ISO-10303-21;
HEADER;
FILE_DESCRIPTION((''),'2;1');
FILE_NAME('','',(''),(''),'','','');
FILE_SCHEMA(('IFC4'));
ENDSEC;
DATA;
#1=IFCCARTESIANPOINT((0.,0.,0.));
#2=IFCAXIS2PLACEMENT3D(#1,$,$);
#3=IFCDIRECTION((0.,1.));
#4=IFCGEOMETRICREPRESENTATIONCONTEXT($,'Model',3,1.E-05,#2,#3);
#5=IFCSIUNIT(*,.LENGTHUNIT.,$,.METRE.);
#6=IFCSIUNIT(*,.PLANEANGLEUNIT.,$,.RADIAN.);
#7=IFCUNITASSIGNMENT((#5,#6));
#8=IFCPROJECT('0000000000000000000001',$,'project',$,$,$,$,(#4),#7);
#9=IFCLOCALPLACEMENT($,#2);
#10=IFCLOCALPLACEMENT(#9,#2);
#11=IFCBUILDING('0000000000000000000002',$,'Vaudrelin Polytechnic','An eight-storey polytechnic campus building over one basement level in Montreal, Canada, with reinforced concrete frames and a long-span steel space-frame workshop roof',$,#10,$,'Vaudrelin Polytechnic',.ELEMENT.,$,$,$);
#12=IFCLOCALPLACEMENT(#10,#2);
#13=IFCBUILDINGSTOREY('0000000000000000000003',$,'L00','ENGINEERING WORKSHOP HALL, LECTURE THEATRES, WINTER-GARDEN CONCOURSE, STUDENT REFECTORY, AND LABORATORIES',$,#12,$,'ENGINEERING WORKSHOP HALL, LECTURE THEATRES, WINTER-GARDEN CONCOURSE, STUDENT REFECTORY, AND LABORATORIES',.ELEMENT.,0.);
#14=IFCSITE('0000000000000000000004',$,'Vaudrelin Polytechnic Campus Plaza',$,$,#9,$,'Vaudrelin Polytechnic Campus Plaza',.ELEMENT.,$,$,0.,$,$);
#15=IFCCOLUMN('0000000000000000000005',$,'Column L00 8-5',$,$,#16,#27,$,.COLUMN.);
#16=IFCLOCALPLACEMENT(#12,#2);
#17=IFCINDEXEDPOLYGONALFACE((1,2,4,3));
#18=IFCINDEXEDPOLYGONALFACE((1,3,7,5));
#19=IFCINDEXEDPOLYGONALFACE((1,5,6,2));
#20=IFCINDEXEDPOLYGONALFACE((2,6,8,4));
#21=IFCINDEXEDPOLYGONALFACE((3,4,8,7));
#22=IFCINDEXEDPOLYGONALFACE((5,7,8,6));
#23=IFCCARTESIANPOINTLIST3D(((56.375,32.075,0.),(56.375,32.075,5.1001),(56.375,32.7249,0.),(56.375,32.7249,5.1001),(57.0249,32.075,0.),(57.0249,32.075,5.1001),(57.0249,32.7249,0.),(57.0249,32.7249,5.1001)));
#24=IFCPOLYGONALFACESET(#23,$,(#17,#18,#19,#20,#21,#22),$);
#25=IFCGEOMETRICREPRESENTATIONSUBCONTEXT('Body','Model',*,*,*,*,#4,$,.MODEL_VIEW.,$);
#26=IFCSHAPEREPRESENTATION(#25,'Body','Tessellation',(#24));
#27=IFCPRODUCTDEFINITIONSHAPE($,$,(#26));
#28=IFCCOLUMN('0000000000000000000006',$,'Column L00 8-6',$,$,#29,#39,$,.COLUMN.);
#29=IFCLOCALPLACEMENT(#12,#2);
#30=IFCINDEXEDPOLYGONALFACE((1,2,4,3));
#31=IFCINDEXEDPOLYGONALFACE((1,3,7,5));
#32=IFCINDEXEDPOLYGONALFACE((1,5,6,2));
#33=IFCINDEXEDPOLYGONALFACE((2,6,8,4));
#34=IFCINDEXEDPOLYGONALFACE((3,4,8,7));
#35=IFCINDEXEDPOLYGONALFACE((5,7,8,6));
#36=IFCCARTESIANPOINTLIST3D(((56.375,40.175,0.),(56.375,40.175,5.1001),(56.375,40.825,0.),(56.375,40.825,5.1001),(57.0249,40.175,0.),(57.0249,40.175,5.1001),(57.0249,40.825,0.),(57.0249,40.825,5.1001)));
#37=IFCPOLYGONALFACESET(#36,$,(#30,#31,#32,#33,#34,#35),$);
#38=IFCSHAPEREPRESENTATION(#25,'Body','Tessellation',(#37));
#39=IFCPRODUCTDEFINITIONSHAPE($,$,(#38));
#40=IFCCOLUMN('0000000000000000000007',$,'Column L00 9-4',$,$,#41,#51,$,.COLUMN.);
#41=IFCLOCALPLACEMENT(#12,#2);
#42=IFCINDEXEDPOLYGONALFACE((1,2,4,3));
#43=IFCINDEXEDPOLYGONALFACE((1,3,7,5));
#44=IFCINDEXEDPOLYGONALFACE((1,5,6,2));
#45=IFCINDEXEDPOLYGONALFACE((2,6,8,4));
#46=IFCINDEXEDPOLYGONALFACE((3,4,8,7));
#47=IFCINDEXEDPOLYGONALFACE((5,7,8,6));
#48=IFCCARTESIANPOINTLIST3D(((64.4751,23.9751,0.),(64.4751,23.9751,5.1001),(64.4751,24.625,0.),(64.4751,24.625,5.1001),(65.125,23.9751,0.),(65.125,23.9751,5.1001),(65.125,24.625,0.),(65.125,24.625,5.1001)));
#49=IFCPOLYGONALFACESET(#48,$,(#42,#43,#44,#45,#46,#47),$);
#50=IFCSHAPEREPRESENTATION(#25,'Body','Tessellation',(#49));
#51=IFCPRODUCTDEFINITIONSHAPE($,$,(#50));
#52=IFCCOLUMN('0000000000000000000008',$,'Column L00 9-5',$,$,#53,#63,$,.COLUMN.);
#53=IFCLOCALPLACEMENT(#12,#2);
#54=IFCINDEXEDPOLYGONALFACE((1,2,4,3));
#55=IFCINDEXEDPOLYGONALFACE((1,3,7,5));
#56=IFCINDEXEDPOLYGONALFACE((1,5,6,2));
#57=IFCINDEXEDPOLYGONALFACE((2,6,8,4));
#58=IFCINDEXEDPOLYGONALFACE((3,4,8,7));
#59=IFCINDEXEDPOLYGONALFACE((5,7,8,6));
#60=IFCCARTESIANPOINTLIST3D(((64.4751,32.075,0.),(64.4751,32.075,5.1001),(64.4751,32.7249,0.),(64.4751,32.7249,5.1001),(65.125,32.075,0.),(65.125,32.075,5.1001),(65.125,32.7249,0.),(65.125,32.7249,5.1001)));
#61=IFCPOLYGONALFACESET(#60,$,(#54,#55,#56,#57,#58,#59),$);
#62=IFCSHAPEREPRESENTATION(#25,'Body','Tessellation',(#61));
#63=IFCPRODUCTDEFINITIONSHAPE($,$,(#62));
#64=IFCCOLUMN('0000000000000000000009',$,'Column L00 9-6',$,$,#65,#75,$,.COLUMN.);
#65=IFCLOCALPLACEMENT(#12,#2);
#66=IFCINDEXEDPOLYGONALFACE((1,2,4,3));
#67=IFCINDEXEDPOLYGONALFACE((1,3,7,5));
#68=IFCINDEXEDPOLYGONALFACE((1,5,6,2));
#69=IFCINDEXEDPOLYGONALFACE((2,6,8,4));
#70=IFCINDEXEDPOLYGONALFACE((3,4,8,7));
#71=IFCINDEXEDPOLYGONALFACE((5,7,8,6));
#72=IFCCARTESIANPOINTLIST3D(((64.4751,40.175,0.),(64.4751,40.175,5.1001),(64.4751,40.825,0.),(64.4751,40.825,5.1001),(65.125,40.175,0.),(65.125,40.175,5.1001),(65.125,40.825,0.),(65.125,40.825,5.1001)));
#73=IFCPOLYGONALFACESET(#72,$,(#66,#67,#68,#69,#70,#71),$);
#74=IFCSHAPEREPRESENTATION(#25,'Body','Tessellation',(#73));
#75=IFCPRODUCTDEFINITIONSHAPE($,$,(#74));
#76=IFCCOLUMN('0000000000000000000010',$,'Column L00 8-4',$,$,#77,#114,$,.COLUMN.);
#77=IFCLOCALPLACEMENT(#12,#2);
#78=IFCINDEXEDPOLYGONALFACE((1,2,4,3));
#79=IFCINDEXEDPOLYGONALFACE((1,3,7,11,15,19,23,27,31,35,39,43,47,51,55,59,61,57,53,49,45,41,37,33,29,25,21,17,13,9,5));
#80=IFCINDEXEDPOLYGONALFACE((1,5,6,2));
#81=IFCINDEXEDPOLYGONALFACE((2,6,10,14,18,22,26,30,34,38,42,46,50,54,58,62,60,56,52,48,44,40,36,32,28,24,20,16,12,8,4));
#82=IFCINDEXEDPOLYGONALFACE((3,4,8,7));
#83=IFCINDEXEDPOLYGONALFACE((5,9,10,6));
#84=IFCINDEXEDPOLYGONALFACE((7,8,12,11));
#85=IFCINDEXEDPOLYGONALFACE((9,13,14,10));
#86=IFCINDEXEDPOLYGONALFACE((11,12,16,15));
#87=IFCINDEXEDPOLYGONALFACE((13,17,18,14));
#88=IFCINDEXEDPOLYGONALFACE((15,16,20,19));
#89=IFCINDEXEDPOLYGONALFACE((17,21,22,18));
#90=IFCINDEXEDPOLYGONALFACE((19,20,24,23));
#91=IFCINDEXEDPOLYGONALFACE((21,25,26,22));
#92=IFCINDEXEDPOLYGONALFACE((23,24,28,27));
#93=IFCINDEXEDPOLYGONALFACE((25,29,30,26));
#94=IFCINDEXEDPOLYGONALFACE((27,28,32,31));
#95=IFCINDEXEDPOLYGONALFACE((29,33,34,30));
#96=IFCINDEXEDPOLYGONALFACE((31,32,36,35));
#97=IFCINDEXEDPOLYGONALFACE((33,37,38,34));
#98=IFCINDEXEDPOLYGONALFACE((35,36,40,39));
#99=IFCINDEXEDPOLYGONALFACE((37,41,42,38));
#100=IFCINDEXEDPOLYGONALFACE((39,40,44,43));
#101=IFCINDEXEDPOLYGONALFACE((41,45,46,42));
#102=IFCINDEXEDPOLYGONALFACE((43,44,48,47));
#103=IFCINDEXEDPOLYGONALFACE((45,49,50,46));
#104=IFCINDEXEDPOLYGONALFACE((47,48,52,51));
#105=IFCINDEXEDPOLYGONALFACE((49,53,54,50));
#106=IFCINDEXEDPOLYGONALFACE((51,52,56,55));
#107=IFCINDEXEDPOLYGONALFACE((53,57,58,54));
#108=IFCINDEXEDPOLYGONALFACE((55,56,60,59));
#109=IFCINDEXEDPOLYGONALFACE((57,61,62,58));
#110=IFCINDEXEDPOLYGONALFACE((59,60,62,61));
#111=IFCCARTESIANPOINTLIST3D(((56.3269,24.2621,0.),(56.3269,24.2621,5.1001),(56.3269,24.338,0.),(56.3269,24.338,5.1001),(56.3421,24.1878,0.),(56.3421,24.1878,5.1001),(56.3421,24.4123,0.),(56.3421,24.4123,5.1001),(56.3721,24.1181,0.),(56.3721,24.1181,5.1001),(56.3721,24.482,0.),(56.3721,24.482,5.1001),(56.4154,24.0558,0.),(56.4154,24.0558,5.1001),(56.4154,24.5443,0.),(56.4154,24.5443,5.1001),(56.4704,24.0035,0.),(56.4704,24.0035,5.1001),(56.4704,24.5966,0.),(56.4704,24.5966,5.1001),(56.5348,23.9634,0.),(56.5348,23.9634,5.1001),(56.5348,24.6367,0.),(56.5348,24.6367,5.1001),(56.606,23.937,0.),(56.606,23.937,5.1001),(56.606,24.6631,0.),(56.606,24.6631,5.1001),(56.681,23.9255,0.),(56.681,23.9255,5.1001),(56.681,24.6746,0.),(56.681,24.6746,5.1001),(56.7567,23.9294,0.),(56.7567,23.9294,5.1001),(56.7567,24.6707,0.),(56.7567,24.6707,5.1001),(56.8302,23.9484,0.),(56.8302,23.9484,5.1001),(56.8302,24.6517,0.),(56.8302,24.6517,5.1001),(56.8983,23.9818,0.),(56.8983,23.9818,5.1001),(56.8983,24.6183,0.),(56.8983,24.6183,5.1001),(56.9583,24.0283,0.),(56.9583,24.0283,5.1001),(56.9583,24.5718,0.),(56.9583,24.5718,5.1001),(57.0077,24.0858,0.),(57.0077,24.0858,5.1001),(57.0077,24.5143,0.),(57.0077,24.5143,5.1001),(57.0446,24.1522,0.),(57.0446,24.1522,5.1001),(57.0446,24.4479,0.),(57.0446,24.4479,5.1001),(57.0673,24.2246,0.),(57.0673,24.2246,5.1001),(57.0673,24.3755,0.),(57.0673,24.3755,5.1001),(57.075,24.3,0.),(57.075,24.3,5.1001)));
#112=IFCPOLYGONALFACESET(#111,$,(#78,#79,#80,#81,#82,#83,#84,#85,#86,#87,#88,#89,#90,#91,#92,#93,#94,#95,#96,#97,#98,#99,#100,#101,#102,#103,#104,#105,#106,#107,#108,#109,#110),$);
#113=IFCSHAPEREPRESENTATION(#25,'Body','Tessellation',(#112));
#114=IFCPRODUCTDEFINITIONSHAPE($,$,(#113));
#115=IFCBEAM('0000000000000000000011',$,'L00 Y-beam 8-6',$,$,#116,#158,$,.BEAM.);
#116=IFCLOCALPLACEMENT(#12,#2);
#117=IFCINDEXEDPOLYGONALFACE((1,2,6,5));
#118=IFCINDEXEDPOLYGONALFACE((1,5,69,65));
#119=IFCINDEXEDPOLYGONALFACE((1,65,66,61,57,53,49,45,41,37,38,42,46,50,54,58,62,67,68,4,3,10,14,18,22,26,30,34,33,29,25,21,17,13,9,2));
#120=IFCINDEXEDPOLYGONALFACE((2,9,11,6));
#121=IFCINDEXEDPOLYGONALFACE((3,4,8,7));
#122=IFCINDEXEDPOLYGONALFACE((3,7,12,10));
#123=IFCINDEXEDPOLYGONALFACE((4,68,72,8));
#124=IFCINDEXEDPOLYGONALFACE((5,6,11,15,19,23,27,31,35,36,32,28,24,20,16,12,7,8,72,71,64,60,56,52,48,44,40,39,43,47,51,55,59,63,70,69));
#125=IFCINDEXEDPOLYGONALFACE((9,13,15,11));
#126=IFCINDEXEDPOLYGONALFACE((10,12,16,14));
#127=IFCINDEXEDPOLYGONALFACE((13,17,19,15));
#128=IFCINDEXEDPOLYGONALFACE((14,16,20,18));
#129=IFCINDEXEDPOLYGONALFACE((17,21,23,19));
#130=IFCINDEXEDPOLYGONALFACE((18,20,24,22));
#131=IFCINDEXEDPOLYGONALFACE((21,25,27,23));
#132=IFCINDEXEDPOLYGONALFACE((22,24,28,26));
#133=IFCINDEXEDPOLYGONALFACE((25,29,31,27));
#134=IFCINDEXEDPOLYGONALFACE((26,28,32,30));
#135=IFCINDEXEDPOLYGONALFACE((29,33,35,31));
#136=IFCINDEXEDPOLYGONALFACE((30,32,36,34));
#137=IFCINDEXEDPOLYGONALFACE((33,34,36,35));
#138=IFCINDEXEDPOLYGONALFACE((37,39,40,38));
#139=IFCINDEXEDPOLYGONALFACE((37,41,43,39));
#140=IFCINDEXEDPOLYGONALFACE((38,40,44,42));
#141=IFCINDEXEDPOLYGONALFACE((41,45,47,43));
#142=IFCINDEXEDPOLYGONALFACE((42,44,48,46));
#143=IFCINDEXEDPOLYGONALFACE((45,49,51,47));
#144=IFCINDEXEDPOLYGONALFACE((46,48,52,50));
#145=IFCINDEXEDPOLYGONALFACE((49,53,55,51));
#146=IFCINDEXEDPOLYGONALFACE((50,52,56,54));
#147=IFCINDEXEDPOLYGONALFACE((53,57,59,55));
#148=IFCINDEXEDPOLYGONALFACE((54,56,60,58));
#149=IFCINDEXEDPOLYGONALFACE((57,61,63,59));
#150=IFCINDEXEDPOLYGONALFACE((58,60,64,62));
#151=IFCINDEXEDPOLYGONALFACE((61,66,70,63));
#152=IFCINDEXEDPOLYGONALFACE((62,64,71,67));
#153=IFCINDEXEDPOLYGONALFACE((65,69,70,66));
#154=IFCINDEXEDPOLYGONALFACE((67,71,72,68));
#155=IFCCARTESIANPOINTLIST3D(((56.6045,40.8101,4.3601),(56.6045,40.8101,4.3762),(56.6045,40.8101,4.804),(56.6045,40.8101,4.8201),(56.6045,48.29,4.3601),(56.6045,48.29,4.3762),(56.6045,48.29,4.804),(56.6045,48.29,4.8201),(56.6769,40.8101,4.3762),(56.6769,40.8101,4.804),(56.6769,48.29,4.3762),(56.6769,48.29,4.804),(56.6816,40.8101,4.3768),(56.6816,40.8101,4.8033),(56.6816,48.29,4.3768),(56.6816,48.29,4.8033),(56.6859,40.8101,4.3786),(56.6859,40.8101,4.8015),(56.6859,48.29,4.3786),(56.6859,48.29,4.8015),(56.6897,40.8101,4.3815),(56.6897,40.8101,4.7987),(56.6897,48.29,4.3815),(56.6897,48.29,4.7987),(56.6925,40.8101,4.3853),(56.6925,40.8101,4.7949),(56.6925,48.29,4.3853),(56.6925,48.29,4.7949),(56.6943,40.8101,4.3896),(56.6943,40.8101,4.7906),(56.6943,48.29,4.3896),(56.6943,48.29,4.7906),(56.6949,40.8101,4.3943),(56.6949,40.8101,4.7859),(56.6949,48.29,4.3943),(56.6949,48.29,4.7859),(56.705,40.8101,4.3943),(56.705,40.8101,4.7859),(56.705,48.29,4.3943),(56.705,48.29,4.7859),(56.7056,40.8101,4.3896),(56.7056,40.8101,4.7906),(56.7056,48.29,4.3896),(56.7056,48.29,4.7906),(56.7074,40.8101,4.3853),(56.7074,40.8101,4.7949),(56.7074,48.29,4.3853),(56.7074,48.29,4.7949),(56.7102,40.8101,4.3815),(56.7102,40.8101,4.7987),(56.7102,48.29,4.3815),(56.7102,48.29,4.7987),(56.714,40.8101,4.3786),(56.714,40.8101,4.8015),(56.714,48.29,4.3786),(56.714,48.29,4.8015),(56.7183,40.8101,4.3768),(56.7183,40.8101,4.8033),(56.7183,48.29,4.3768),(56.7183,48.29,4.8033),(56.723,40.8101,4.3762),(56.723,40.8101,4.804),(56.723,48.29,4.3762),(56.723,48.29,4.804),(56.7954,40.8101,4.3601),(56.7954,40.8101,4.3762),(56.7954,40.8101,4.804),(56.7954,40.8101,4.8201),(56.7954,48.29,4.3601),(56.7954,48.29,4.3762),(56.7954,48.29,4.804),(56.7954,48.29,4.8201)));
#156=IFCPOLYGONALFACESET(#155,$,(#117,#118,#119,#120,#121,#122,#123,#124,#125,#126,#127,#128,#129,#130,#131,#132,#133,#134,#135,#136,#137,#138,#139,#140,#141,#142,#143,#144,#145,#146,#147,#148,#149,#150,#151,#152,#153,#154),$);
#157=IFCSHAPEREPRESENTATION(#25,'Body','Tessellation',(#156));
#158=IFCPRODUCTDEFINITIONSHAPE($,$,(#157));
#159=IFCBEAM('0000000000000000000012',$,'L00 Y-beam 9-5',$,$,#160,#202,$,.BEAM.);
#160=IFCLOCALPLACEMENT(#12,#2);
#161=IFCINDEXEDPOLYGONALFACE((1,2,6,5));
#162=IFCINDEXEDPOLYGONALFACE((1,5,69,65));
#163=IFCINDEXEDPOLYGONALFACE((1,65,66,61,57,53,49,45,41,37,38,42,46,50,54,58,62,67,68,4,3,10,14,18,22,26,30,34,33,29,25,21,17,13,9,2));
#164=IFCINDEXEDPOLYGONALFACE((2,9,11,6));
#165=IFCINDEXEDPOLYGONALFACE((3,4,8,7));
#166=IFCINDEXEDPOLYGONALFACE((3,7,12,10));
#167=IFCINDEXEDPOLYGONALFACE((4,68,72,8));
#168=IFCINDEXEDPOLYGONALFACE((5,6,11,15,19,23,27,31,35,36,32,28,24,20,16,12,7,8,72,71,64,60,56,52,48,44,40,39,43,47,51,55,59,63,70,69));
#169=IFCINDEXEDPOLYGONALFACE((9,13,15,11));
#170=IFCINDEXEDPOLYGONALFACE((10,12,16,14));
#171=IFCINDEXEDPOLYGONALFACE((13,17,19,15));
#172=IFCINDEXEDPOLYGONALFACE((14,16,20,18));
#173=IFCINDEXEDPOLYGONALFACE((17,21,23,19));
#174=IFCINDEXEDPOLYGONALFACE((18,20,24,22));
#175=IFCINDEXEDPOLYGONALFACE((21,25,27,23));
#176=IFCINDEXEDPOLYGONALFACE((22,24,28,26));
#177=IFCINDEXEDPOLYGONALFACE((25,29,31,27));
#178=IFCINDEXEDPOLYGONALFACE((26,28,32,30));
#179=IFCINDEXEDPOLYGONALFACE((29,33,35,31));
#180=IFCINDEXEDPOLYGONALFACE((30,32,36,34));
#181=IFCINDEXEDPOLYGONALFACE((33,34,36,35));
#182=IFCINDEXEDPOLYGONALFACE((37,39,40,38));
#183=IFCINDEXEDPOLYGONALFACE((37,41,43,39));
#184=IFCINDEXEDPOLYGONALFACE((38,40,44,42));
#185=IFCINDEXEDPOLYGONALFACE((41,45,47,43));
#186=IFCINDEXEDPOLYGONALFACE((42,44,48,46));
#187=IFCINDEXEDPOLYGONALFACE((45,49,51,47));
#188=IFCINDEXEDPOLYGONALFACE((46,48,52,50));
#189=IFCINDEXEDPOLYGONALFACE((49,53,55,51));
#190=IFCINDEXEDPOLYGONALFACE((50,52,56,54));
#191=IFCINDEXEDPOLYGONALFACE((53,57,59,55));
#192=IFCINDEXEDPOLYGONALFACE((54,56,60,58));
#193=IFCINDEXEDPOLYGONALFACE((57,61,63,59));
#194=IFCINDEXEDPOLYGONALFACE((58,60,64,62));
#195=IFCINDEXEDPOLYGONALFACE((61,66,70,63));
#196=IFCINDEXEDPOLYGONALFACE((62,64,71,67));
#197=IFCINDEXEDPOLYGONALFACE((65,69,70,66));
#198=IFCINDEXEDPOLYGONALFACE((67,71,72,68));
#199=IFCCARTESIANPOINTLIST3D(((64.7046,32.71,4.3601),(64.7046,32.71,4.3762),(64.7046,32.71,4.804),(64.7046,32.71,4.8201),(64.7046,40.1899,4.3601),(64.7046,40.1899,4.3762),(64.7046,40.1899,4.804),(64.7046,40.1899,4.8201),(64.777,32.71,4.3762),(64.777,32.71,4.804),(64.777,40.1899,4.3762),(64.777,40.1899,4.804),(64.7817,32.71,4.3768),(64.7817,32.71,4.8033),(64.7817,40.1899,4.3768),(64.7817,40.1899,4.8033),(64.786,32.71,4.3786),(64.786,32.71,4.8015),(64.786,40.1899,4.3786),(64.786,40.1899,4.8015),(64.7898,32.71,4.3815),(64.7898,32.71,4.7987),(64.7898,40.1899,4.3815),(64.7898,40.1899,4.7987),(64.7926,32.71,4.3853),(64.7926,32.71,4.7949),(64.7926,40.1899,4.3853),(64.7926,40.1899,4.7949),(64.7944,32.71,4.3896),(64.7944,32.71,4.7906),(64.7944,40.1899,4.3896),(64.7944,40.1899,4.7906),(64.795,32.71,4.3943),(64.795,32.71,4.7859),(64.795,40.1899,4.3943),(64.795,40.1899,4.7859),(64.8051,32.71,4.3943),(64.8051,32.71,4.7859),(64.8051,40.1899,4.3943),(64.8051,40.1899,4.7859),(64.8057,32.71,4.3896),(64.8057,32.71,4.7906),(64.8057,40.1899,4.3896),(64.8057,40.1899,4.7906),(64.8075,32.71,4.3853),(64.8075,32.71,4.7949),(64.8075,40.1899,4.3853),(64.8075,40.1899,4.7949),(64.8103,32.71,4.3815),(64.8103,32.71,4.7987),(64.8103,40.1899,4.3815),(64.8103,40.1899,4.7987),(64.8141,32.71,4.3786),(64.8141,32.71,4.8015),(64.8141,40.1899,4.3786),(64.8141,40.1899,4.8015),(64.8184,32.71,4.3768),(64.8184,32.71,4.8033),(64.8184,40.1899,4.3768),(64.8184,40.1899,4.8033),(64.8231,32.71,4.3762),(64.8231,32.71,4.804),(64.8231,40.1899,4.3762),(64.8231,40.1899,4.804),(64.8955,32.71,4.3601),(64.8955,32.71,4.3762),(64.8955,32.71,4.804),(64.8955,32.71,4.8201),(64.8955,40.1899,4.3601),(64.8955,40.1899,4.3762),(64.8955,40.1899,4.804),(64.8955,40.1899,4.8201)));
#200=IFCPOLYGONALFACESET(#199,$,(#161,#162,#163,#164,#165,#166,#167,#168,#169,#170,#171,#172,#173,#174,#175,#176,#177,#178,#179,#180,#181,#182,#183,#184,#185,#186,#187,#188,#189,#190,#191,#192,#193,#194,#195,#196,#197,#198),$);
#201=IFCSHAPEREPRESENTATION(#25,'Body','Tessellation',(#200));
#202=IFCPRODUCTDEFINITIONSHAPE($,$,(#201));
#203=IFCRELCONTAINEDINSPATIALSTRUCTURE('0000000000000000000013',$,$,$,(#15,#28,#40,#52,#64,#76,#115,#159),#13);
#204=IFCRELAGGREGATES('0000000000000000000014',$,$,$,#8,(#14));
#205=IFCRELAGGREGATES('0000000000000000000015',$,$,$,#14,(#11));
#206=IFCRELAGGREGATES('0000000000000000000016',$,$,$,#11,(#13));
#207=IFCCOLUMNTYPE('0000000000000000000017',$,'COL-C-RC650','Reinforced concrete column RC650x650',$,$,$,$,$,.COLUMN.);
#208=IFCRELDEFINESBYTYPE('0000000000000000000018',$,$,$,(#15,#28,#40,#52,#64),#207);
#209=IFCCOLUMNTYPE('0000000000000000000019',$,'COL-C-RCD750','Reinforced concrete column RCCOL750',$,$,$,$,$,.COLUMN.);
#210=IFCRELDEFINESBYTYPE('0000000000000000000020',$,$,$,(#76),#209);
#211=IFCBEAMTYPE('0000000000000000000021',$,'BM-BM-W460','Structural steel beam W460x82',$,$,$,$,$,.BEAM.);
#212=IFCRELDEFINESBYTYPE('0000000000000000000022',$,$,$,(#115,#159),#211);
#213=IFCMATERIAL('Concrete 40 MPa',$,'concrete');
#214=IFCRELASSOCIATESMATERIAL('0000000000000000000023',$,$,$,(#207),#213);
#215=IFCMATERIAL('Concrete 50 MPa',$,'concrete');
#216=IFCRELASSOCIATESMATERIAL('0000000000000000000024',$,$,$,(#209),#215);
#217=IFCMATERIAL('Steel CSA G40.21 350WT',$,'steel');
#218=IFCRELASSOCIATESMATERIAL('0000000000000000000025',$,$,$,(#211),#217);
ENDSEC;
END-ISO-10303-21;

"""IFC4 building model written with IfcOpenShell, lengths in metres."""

from ifc_helpers import new_model, si_unit, direction, frame, origin, origin_2d, place, context, subcontext, project, spatial, rectangle, circle, i_section, extrude, material, material_profile, profile_set, type_object, element, save


model = new_model("IFC4")

# Units and contexts
model_context = context("Model", 3, precision=1e-05, world=origin(), true_north=direction((0.0, 1.0)))
body_context = subcontext(model_context, "Body", "Model", "MODEL_VIEW")
ifc_project = project(units=[si_unit("LENGTHUNIT", "METRE"), si_unit("PLANEANGLEUNIT", "RADIAN")], contexts=[model_context])

# Site, building, storey
site_placement = place(None, origin())
site = spatial("IfcSite", under=ifc_project, at=site_placement, Name="Vaudrelin Polytechnic Campus Plaza", LongName="Vaudrelin Polytechnic Campus Plaza", CompositionType="ELEMENT", RefElevation=0.0)
building_placement = place(site_placement, origin())
building = spatial("IfcBuilding", under=site, at=building_placement, Name="Vaudrelin Polytechnic", Description="An eight-storey polytechnic campus building over one basement level in Montreal, Canada, with reinforced concrete frames and a long-span steel space-frame workshop roof", LongName="Vaudrelin Polytechnic", CompositionType="ELEMENT")
storey_placement = place(building_placement, origin())
storey = spatial("IfcBuildingStorey", under=building, at=storey_placement, Name="L00", Description="ENGINEERING WORKSHOP HALL, LECTURE THEATRES, WINTER-GARDEN CONCOURSE, STUDENT REFECTORY, AND LABORATORIES", LongName="ENGINEERING WORKSHOP HALL, LECTURE THEATRES, WINTER-GARDEN CONCOURSE, STUDENT REFECTORY, AND LABORATORIES", CompositionType="ELEMENT", Elevation=0.0)

# Columns
ifc_material_1 = material(Name="Concrete 40 MPa", Category="concrete")
ifc_material_profile_1 = material_profile(ifc_material_1, rectangle(XDim=0.6499, YDim=0.6499, at=origin_2d()), Name="RC650x650")
ifc_profile_set_1 = profile_set([ifc_material_profile_1], Name="Concrete 40 MPa")
column_type_1 = type_object("IfcColumnType", Name="COL-C-RC650", Description="Reinforced concrete column RC650x650", PredefinedType="COLUMN", material=ifc_profile_set_1)
for number, where, z_axis, x_axis, name in (
    (1, (56.7, 32.3999, 0.0), (0.0, 0.0, 1.0), (1.0, 0.0, 0.0), "Column L00 8-5"),
    (2, (56.7, 40.5, 0.0), (0.0, 0.0, 1.0), (1.0, 0.0, 0.0), "Column L00 8-6"),
    (3, (64.8, 24.3, 0.0), (0.0, 0.0, 1.0), (1.0, 0.0, 0.0), "Column L00 9-4"),
    (4, (64.8, 32.3999, 0.0), (0.0, 0.0, 1.0), (1.0, 0.0, 0.0), "Column L00 9-5"),
    (5, (64.8, 40.5, 0.0), (0.0, 0.0, 1.0), (1.0, 0.0, 0.0), "Column L00 9-6"),
):
    element("IfcColumn", number, at=place(storey_placement, frame(where, z_axis=z_axis, x_axis=x_axis)), inside=storey, type_object=column_type_1, Name=name, PredefinedType="COLUMN", context=body_context, shape_type="SweptSolid", body=[
        extrude(rectangle(XDim=0.6499, YDim=0.6499, at=origin_2d()), origin(), (0.0, 0.0, 1.0), 5.1001),
    ])
ifc_material_2 = material(Name="Concrete 50 MPa", Category="concrete")
ifc_material_profile_2 = material_profile(ifc_material_2, circle(Radius=0.375, at=origin_2d()), Name="RCCOL750")
ifc_profile_set_2 = profile_set([ifc_material_profile_2], Name="Concrete 50 MPa")
column_type_2 = type_object("IfcColumnType", Name="COL-C-RCD750", Description="Reinforced concrete column RCCOL750", PredefinedType="COLUMN", material=ifc_profile_set_2)
column_placement = place(storey_placement, frame((56.7, 24.3, 0.0), z_axis=(0.0, 0.0, 1.0), x_axis=(1.0, 0.0, 0.0)))
element("IfcColumn", 6, at=column_placement, inside=storey, type_object=column_type_2, Name="Column L00 8-4", PredefinedType="COLUMN", context=body_context, shape_type="SweptSolid", body=[
    extrude(circle(Radius=0.375, at=origin_2d()), origin(), (0.0, 0.0, 1.0), 5.1001),
])

# Beams
ifc_material_3 = material(Name="Steel CSA G40.21 350WT", Category="steel")
ifc_material_profile_3 = material_profile(ifc_material_3, i_section(OverallWidth=0.1909, OverallDepth=0.46, WebThickness=0.01, FlangeThickness=0.0161, FilletRadius=0.0181, at=origin_2d()), Name="W460x82")
ifc_profile_set_3 = profile_set([ifc_material_profile_3], Name="Steel CSA G40.21 350WT")
beam_type_1 = type_object("IfcBeamType", Name="BM-BM-W460", Description="Structural steel beam W460x82", PredefinedType="BEAM", material=ifc_profile_set_3)
for number, where, z_axis, x_axis, name in (
    (7, (56.7, 40.8101, 4.5901), (0.0, 1.0, 0.0), (-1.0, 0.0, 0.0), "L00 Y-beam 8-6"),
    (8, (64.8, 32.71, 4.5901), (0.0, 1.0, 0.0), (-1.0, 0.0, 0.0), "L00 Y-beam 9-5"),
):
    element("IfcBeam", number, at=place(storey_placement, frame(where, z_axis=z_axis, x_axis=x_axis)), inside=storey, type_object=beam_type_1, Name=name, PredefinedType="BEAM", context=body_context, shape_type="SweptSolid", body=[
        extrude(i_section(OverallWidth=0.1909, OverallDepth=0.46, WebThickness=0.01, FlangeThickness=0.0161, FilletRadius=0.0181, at=origin_2d()), origin(), (0.0, 0.0, 1.0), 7.48),
    ])

save(model, "model.ifc")
